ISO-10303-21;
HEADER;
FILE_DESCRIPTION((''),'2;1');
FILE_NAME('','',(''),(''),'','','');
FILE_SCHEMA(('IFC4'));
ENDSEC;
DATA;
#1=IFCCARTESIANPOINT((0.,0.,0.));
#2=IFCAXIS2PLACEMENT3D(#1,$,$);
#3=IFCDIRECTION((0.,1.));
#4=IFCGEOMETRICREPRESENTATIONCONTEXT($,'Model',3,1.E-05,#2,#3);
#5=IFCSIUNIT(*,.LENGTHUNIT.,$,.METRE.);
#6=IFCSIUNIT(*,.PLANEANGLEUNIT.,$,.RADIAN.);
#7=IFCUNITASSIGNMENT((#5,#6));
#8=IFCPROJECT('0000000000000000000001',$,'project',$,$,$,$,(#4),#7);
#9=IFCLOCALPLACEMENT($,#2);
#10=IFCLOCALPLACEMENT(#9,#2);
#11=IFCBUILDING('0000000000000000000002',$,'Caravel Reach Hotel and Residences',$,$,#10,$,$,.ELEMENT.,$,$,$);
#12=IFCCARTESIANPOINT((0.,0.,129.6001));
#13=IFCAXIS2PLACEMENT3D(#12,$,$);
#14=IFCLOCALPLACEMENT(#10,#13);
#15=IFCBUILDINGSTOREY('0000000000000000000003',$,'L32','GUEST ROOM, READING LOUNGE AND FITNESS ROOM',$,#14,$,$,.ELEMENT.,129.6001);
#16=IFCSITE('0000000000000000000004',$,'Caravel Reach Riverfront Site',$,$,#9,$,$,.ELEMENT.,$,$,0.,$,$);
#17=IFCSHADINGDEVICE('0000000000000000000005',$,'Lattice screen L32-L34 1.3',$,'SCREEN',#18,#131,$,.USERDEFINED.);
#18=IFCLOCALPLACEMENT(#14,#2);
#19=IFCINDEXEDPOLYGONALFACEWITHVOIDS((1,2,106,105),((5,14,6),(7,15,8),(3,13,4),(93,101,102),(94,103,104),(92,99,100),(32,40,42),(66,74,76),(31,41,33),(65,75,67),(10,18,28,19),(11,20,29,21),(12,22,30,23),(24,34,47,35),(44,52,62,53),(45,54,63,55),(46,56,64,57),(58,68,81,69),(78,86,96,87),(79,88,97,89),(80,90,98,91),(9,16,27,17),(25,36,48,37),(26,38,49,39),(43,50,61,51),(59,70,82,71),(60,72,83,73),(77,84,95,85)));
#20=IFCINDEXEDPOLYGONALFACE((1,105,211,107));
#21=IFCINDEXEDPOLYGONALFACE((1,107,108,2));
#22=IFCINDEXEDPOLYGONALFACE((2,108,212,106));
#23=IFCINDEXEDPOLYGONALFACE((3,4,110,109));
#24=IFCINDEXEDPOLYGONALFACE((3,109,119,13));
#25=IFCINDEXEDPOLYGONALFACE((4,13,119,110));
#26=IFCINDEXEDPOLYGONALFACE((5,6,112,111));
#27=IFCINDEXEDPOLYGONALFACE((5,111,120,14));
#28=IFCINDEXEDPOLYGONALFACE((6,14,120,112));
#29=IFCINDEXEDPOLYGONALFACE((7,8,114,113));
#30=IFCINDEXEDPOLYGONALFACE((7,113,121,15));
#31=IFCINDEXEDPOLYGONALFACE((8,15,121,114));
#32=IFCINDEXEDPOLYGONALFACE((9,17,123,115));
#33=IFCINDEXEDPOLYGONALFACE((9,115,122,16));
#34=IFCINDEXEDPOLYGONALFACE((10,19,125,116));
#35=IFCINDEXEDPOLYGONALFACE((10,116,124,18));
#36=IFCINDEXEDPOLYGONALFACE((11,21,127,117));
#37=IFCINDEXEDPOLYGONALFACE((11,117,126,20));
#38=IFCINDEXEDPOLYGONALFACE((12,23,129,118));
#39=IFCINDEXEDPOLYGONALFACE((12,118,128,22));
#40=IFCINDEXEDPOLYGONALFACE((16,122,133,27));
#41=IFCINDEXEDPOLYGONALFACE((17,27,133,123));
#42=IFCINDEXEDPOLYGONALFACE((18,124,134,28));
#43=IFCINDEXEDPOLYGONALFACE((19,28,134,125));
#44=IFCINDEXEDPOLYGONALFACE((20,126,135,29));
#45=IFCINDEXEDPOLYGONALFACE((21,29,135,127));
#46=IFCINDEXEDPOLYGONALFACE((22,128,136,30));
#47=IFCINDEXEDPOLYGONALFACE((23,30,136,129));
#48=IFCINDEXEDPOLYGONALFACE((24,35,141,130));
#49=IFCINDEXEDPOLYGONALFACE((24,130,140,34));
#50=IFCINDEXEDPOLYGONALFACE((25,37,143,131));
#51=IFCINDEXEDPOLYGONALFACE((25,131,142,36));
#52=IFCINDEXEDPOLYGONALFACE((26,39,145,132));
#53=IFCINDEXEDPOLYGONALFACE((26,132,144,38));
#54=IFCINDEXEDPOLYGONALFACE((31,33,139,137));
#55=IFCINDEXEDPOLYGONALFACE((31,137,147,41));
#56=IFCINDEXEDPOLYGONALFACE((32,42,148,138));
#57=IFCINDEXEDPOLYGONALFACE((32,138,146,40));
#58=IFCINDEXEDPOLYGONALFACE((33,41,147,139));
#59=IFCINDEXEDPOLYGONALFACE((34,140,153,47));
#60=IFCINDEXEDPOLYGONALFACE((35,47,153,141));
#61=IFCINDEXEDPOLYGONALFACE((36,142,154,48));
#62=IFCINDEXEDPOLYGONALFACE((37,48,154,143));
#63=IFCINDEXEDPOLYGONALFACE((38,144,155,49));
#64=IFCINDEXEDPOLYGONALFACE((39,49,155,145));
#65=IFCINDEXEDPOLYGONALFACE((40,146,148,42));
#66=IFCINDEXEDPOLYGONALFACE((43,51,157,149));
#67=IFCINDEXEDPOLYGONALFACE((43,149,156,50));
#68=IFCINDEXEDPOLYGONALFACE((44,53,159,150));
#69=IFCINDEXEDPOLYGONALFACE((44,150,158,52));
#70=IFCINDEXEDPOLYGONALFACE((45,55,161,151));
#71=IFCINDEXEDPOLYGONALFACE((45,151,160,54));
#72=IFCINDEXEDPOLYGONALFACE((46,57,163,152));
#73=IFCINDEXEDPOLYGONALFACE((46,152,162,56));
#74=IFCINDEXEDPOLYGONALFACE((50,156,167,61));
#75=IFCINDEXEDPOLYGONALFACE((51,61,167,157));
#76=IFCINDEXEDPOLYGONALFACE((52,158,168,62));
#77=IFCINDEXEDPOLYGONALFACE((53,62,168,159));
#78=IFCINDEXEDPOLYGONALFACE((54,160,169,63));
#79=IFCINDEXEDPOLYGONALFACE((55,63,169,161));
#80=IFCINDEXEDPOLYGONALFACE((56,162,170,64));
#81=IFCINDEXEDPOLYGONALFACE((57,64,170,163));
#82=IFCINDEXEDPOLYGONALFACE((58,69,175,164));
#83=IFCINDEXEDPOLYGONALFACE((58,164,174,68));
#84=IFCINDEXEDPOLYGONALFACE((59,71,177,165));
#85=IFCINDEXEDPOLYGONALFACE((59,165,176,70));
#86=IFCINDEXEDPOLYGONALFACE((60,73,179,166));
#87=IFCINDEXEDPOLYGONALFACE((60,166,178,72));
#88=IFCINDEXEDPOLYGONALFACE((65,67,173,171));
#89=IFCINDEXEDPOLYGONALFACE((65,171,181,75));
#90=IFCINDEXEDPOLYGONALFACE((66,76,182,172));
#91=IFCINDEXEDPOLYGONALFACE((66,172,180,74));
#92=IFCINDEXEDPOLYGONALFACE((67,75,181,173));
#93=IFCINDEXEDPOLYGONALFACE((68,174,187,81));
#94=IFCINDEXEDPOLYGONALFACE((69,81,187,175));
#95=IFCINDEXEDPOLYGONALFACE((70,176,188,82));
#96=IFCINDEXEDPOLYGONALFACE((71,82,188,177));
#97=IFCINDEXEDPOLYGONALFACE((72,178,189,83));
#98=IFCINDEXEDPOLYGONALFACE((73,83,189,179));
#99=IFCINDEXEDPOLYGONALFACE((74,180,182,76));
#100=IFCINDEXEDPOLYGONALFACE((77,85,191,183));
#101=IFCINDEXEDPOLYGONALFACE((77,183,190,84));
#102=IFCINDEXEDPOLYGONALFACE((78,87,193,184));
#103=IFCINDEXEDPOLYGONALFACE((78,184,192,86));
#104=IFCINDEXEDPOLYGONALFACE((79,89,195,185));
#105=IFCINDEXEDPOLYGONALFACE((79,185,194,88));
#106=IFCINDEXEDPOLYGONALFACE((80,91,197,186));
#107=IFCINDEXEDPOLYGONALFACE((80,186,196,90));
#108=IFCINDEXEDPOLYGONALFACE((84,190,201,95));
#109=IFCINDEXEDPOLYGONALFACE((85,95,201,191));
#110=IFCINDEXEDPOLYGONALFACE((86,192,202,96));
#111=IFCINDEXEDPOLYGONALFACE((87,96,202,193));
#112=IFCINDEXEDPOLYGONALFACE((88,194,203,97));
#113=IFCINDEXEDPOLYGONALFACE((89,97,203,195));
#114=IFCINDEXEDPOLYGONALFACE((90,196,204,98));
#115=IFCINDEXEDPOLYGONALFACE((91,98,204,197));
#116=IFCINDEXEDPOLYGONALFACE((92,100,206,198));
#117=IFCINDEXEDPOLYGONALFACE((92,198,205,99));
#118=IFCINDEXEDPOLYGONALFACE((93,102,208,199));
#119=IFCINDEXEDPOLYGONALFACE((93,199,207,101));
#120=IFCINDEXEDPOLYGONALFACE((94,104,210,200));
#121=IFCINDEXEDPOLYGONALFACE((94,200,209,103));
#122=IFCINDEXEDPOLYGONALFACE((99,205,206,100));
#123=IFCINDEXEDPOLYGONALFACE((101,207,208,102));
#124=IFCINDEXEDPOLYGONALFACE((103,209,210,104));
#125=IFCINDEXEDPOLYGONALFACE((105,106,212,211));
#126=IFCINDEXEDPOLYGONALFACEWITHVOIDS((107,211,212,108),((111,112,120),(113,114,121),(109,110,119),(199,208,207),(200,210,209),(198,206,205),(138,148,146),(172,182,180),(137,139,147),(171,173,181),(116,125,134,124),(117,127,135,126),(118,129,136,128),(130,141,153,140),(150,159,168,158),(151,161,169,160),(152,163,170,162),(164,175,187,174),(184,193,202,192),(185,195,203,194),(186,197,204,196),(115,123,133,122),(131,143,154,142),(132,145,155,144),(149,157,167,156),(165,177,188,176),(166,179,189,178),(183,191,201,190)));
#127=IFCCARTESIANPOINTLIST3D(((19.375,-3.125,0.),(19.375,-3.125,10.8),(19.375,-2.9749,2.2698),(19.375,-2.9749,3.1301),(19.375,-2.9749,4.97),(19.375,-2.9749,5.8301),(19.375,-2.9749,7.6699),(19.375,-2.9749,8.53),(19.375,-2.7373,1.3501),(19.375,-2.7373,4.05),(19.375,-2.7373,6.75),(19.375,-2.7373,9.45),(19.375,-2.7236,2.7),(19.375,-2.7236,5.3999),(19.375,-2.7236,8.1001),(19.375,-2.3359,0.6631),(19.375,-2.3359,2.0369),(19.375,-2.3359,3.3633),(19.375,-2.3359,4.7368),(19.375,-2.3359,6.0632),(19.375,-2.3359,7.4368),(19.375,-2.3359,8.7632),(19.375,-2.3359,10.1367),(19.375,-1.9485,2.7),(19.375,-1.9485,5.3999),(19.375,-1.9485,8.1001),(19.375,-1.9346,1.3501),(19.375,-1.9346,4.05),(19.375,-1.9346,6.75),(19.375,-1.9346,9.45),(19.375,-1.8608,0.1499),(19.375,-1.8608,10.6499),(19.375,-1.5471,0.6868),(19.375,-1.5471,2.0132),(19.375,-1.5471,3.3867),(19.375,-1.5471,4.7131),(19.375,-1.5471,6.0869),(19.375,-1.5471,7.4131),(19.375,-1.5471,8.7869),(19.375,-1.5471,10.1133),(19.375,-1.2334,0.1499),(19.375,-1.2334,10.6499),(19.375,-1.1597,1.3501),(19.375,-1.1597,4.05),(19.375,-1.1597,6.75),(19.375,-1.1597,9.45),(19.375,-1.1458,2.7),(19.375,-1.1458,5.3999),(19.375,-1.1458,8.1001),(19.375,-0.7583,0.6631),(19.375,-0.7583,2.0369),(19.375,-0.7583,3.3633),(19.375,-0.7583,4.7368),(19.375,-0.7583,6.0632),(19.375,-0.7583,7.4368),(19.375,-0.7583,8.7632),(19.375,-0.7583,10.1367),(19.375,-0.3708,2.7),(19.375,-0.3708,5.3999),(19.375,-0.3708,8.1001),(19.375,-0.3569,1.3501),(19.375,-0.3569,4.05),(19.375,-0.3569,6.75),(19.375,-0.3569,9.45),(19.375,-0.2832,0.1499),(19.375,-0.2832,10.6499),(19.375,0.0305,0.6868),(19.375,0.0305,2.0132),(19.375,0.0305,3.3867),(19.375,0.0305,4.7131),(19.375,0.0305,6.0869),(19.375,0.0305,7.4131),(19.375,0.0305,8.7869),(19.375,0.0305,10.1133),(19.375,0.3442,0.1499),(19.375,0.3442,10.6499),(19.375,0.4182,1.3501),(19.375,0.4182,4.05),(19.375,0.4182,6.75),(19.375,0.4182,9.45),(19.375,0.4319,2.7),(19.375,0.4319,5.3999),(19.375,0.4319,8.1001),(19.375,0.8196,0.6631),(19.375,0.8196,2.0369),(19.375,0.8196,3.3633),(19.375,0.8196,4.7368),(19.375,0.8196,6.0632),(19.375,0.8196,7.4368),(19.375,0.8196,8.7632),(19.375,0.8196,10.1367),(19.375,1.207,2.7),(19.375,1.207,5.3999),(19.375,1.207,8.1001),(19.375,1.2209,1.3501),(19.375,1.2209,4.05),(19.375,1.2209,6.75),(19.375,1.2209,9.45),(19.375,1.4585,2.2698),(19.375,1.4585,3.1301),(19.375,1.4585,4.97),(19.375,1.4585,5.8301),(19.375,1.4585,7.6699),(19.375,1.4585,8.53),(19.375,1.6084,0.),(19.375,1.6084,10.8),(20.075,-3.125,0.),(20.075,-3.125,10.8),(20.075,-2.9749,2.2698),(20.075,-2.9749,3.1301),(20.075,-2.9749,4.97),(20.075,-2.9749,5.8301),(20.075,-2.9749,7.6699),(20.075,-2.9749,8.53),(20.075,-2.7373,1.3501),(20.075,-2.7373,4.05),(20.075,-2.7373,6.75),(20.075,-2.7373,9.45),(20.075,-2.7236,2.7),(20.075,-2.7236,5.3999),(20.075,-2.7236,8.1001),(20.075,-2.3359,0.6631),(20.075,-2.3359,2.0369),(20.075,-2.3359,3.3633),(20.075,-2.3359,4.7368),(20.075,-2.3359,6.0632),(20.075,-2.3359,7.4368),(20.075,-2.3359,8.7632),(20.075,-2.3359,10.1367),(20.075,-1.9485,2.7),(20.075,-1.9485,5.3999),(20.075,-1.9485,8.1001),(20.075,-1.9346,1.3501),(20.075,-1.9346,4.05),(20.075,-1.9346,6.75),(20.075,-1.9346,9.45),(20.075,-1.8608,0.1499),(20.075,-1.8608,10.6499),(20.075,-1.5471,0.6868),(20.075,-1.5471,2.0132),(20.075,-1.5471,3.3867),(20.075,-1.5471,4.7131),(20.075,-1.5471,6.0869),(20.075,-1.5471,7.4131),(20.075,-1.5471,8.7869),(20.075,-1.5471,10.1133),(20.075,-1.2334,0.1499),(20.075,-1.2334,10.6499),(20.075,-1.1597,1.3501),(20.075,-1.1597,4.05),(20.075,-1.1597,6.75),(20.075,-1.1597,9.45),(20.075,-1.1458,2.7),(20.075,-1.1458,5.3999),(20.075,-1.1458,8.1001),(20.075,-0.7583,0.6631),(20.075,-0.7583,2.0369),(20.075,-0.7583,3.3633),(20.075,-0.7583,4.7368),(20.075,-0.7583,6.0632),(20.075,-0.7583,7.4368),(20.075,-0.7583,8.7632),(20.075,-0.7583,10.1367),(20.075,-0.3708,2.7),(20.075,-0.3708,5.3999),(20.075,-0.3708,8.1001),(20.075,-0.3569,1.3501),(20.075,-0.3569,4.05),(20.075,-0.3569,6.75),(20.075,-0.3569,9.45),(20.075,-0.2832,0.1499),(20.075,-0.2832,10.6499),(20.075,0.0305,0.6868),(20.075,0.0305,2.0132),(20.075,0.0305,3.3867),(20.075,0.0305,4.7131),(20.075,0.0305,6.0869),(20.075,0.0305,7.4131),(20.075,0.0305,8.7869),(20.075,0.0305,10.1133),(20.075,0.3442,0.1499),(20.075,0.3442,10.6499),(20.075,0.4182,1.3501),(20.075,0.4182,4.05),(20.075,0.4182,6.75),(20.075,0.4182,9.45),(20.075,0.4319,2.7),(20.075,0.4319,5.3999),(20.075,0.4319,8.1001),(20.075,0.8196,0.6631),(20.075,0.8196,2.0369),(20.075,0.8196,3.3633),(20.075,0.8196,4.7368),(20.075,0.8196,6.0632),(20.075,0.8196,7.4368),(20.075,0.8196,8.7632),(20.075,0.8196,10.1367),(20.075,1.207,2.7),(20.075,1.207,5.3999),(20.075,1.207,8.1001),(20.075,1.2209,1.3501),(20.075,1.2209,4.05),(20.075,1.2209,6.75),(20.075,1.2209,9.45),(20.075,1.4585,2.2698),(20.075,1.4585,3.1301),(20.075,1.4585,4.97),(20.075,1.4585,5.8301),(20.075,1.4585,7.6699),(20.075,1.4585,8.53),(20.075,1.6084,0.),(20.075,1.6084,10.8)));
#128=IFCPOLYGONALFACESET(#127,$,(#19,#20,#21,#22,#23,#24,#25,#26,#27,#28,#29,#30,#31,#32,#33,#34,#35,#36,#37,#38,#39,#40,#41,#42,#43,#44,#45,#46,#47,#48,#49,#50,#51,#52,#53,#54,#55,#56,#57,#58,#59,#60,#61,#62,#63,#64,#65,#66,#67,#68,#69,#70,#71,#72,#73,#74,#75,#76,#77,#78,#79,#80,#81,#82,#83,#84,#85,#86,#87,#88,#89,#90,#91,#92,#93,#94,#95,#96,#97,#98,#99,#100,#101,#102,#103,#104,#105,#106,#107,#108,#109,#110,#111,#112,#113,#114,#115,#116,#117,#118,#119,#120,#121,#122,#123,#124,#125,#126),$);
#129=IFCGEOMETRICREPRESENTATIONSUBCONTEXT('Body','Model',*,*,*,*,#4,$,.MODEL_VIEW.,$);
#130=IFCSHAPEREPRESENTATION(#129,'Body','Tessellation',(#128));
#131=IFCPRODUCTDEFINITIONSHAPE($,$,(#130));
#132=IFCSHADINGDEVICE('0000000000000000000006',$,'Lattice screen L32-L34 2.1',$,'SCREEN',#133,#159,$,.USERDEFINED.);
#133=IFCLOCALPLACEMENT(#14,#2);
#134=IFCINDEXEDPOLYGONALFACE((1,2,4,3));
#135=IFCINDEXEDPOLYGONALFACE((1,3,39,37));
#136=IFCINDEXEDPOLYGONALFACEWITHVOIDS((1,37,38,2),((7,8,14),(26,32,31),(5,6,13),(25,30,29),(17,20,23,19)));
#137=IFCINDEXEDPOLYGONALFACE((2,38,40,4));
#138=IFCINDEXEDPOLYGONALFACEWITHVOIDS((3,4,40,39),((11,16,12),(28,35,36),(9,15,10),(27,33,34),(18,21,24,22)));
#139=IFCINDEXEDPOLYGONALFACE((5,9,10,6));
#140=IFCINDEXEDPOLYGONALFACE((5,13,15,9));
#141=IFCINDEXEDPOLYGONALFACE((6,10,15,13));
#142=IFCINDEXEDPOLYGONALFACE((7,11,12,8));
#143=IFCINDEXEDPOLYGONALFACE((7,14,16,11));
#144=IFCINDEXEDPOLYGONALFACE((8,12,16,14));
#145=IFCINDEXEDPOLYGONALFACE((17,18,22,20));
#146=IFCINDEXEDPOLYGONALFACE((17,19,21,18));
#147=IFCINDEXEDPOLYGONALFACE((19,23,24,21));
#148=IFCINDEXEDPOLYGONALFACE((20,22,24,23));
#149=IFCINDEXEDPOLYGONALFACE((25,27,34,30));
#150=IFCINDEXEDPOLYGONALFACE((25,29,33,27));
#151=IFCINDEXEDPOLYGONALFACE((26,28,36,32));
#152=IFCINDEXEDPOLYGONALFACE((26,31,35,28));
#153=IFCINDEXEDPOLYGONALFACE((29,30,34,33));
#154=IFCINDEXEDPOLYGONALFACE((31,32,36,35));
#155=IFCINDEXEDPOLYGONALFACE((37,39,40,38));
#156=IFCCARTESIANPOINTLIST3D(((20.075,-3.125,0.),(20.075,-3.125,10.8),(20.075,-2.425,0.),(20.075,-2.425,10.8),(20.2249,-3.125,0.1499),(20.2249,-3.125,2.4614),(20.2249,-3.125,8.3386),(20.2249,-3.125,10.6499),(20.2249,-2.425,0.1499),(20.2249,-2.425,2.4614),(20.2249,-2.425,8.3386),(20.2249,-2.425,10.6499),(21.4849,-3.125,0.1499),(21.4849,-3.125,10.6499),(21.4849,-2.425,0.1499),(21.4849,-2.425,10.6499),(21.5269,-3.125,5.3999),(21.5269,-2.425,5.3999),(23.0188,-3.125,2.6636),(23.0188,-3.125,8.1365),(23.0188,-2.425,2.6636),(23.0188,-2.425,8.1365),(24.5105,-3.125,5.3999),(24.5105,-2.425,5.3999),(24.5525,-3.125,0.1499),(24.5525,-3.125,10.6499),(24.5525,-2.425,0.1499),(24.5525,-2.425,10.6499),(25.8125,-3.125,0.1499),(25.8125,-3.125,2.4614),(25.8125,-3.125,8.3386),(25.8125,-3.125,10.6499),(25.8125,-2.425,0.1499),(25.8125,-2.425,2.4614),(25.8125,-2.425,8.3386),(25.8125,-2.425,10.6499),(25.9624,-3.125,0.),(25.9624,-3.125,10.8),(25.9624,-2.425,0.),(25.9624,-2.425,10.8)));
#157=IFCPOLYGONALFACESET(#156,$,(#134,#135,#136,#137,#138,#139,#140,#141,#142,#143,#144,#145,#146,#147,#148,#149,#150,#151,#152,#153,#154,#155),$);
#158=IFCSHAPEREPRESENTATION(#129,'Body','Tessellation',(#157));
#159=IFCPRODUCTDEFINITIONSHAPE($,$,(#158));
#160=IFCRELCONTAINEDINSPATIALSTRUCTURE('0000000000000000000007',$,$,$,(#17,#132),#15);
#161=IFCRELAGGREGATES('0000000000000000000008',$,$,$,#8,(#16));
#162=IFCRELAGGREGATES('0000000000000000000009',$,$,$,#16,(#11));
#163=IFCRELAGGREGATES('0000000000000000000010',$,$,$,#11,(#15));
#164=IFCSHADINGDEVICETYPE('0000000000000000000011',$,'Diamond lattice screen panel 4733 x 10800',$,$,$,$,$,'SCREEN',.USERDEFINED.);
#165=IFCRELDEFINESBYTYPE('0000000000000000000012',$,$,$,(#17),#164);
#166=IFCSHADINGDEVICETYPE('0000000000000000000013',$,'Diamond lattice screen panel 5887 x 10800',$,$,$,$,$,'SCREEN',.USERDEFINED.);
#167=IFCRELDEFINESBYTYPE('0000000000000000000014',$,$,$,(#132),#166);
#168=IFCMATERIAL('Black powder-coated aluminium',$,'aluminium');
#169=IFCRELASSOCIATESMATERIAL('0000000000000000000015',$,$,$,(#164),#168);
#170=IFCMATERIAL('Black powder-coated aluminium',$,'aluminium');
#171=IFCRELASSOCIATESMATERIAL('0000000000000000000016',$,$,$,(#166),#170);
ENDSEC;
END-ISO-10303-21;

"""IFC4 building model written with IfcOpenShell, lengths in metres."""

from ifc_helpers import new_model, si_unit, direction, frame, origin, place, context, subcontext, project, spatial, polyline, outline, extrude, material, type_object, element, save


model = new_model("IFC4")

# Units and contexts
model_context = context("Model", 3, precision=1e-05, world=origin(), true_north=direction((0.0, 1.0)))
body_context = subcontext(model_context, "Body", "Model", "MODEL_VIEW")
ifc_project = project(units=[si_unit("LENGTHUNIT", "METRE"), si_unit("PLANEANGLEUNIT", "RADIAN")], contexts=[model_context])

# Site, building, storey
site_placement = place(None, origin())
site = spatial("IfcSite", under=ifc_project, at=site_placement, Name="Caravel Reach Riverfront Site", CompositionType="ELEMENT", RefElevation=0.0)
building_placement = place(site_placement, origin())
building = spatial("IfcBuilding", under=site, at=building_placement, Name="Caravel Reach Hotel and Residences", CompositionType="ELEMENT")
storey_placement = place(building_placement, frame((0.0, 0.0, 129.6001)))
storey = spatial("IfcBuildingStorey", under=building, at=storey_placement, Name="L32", Description="GUEST ROOM, READING LOUNGE AND FITNESS ROOM", CompositionType="ELEMENT", Elevation=129.6001)

# Shading devices
ifc_material_1 = material(Name="Black powder-coated aluminium", Category="aluminium")
shading_device_type_1 = type_object("IfcShadingDeviceType", Name="Diamond lattice screen panel 4733 x 10800", ElementType="SCREEN", PredefinedType="USERDEFINED", material=ifc_material_1)
shading_device_placement = place(storey_placement, frame((20.075, 1.6084, 0.0), z_axis=(-1.0, 0.0, 0.0), x_axis=(0.0, -1.0, 0.0)))
element("IfcShadingDevice", 1, at=shading_device_placement, inside=storey, type_object=shading_device_type_1, Name="Lattice screen L32-L34 1.3", ObjectType="SCREEN", PredefinedType="USERDEFINED", context=body_context, shape_type="SweptSolid", body=[
    extrude(outline(polyline([(0.0, 0.0), (4.7334, 0.0), (4.7334, 10.8), (0.0, 10.8), (0.0, 0.0)]), holes=[polyline([(0.4014, 2.7), (0.1499, 3.1301), (0.1499, 2.2698), (0.4014, 2.7)]), polyline([(0.4014, 5.3999), (0.1499, 5.8301), (0.1499, 4.97), (0.4014, 5.3999)]), polyline([(0.4014, 8.1001), (0.1499, 8.53), (0.1499, 7.6699), (0.4014, 8.1001)]), polyline([(0.7888, 2.0369), (0.3875, 1.3501), (0.7888, 0.6631), (1.1902, 1.3501), (0.7888, 2.0369)]), polyline([(0.7888, 4.7368), (0.3875, 4.05), (0.7888, 3.3633), (1.1902, 4.05), (0.7888, 4.7368)]), polyline([(0.7888, 7.4368), (0.3875, 6.75), (0.7888, 6.0632), (1.1902, 6.75), (0.7888, 7.4368)]), polyline([(0.7888, 10.1367), (0.3875, 9.45), (0.7888, 8.7632), (1.1902, 9.45), (0.7888, 10.1367)]), polyline([(1.5779, 0.6868), (1.2642, 0.1499), (1.8916, 0.1499), (1.5779, 0.6868)]), polyline([(1.5779, 3.3867), (1.1765, 2.7), (1.5779, 2.0132), (1.9792, 2.7), (1.5779, 3.3867)]), polyline([(1.5779, 6.0869), (1.1765, 5.3999), (1.5779, 4.7131), (1.9792, 5.3999), (1.5779, 6.0869)]), polyline([(1.5779, 8.7869), (1.1765, 8.1001), (1.5779, 7.4131), (1.9792, 8.1001), (1.5779, 8.7869)]), polyline([(1.5779, 10.1133), (1.8916, 10.6499), (1.2642, 10.6499), (1.5779, 10.1133)]), polyline([(2.3667, 2.0369), (1.9653, 1.3501), (2.3667, 0.6631), (2.7681, 1.3501), (2.3667, 2.0369)]), polyline([(2.3667, 4.7368), (1.9653, 4.05), (2.3667, 3.3633), (2.7681, 4.05), (2.3667, 4.7368)]), polyline([(2.3667, 7.4368), (1.9653, 6.75), (2.3667, 6.0632), (2.7681, 6.75), (2.3667, 7.4368)]), polyline([(2.3667, 10.1367), (1.9653, 9.45), (2.3667, 8.7632), (2.7681, 9.45), (2.3667, 10.1367)]), polyline([(3.1555, 0.6868), (2.8418, 0.1499), (3.4692, 0.1499), (3.1555, 0.6868)]), polyline([(3.1555, 3.3867), (2.7542, 2.7), (3.1555, 2.0132), (3.5569, 2.7), (3.1555, 3.3867)]), polyline([(3.1555, 6.0869), (2.7542, 5.3999), (3.1555, 4.7131), (3.5569, 5.3999), (3.1555, 6.0869)]), polyline([(3.1555, 8.7869), (2.7542, 8.1001), (3.1555, 7.4131), (3.5569, 8.1001), (3.1555, 8.7869)]), polyline([(3.1555, 10.1133), (3.4692, 10.6499), (2.8418, 10.6499), (3.1555, 10.1133)]), polyline([(3.9443, 2.0369), (3.543, 1.3501), (3.9443, 0.6631), (4.3457, 1.3501), (3.9443, 2.0369)]), polyline([(3.9443, 4.7368), (3.543, 4.05), (3.9443, 3.3633), (4.3457, 4.05), (3.9443, 4.7368)]), polyline([(3.9443, 7.4368), (3.543, 6.75), (3.9443, 6.0632), (4.3457, 6.75), (3.9443, 7.4368)]), polyline([(3.9443, 10.1367), (3.543, 9.45), (3.9443, 8.7632), (4.3457, 9.45), (3.9443, 10.1367)]), polyline([(4.332, 2.7), (4.5833, 2.2698), (4.5833, 3.1301), (4.332, 2.7)]), polyline([(4.332, 5.3999), (4.5833, 4.97), (4.5833, 5.8301), (4.332, 5.3999)]), polyline([(4.332, 8.1001), (4.5833, 7.6699), (4.5833, 8.53), (4.332, 8.1001)])]), origin(), (0.0, 0.0, 1.0), 0.7),
])
ifc_material_2 = material(Name="Black powder-coated aluminium", Category="aluminium")
shading_device_type_2 = type_object("IfcShadingDeviceType", Name="Diamond lattice screen panel 5887 x 10800", ElementType="SCREEN", PredefinedType="USERDEFINED", material=ifc_material_2)
for number, where, z_axis, x_axis, name in (
    (2, (20.075, -2.425, 0.0), (0.0, -1.0, 0.0), (1.0, 0.0, 0.0), "Lattice screen L32-L34 2.1"),
):
    element("IfcShadingDevice", number, at=place(storey_placement, frame(where, z_axis=z_axis, x_axis=x_axis)), inside=storey, type_object=shading_device_type_2, Name=name, ObjectType="SCREEN", PredefinedType="USERDEFINED", context=body_context, shape_type="SweptSolid", body=[
        extrude(outline(polyline([(0.0, 0.0), (5.8875, 0.0), (5.8875, 10.8), (0.0, 10.8), (0.0, 0.0)]), holes=[polyline([(1.4099, 0.1499), (0.1499, 2.4614), (0.1499, 0.1499), (1.4099, 0.1499)]), polyline([(0.1499, 8.3386), (1.4099, 10.6499), (0.1499, 10.6499), (0.1499, 8.3386)]), polyline([(2.9438, 8.1365), (1.4519, 5.3999), (2.9438, 2.6636), (4.4355, 5.3999), (2.9438, 8.1365)]), polyline([(5.7375, 2.4614), (4.4775, 0.1499), (5.7375, 0.1499), (5.7375, 2.4614)]), polyline([(4.4775, 10.6499), (5.7375, 8.3386), (5.7375, 10.6499), (4.4775, 10.6499)])]), origin(), (0.0, 0.0, 1.0), 0.7),
    ])

save(model, "model.ifc")
